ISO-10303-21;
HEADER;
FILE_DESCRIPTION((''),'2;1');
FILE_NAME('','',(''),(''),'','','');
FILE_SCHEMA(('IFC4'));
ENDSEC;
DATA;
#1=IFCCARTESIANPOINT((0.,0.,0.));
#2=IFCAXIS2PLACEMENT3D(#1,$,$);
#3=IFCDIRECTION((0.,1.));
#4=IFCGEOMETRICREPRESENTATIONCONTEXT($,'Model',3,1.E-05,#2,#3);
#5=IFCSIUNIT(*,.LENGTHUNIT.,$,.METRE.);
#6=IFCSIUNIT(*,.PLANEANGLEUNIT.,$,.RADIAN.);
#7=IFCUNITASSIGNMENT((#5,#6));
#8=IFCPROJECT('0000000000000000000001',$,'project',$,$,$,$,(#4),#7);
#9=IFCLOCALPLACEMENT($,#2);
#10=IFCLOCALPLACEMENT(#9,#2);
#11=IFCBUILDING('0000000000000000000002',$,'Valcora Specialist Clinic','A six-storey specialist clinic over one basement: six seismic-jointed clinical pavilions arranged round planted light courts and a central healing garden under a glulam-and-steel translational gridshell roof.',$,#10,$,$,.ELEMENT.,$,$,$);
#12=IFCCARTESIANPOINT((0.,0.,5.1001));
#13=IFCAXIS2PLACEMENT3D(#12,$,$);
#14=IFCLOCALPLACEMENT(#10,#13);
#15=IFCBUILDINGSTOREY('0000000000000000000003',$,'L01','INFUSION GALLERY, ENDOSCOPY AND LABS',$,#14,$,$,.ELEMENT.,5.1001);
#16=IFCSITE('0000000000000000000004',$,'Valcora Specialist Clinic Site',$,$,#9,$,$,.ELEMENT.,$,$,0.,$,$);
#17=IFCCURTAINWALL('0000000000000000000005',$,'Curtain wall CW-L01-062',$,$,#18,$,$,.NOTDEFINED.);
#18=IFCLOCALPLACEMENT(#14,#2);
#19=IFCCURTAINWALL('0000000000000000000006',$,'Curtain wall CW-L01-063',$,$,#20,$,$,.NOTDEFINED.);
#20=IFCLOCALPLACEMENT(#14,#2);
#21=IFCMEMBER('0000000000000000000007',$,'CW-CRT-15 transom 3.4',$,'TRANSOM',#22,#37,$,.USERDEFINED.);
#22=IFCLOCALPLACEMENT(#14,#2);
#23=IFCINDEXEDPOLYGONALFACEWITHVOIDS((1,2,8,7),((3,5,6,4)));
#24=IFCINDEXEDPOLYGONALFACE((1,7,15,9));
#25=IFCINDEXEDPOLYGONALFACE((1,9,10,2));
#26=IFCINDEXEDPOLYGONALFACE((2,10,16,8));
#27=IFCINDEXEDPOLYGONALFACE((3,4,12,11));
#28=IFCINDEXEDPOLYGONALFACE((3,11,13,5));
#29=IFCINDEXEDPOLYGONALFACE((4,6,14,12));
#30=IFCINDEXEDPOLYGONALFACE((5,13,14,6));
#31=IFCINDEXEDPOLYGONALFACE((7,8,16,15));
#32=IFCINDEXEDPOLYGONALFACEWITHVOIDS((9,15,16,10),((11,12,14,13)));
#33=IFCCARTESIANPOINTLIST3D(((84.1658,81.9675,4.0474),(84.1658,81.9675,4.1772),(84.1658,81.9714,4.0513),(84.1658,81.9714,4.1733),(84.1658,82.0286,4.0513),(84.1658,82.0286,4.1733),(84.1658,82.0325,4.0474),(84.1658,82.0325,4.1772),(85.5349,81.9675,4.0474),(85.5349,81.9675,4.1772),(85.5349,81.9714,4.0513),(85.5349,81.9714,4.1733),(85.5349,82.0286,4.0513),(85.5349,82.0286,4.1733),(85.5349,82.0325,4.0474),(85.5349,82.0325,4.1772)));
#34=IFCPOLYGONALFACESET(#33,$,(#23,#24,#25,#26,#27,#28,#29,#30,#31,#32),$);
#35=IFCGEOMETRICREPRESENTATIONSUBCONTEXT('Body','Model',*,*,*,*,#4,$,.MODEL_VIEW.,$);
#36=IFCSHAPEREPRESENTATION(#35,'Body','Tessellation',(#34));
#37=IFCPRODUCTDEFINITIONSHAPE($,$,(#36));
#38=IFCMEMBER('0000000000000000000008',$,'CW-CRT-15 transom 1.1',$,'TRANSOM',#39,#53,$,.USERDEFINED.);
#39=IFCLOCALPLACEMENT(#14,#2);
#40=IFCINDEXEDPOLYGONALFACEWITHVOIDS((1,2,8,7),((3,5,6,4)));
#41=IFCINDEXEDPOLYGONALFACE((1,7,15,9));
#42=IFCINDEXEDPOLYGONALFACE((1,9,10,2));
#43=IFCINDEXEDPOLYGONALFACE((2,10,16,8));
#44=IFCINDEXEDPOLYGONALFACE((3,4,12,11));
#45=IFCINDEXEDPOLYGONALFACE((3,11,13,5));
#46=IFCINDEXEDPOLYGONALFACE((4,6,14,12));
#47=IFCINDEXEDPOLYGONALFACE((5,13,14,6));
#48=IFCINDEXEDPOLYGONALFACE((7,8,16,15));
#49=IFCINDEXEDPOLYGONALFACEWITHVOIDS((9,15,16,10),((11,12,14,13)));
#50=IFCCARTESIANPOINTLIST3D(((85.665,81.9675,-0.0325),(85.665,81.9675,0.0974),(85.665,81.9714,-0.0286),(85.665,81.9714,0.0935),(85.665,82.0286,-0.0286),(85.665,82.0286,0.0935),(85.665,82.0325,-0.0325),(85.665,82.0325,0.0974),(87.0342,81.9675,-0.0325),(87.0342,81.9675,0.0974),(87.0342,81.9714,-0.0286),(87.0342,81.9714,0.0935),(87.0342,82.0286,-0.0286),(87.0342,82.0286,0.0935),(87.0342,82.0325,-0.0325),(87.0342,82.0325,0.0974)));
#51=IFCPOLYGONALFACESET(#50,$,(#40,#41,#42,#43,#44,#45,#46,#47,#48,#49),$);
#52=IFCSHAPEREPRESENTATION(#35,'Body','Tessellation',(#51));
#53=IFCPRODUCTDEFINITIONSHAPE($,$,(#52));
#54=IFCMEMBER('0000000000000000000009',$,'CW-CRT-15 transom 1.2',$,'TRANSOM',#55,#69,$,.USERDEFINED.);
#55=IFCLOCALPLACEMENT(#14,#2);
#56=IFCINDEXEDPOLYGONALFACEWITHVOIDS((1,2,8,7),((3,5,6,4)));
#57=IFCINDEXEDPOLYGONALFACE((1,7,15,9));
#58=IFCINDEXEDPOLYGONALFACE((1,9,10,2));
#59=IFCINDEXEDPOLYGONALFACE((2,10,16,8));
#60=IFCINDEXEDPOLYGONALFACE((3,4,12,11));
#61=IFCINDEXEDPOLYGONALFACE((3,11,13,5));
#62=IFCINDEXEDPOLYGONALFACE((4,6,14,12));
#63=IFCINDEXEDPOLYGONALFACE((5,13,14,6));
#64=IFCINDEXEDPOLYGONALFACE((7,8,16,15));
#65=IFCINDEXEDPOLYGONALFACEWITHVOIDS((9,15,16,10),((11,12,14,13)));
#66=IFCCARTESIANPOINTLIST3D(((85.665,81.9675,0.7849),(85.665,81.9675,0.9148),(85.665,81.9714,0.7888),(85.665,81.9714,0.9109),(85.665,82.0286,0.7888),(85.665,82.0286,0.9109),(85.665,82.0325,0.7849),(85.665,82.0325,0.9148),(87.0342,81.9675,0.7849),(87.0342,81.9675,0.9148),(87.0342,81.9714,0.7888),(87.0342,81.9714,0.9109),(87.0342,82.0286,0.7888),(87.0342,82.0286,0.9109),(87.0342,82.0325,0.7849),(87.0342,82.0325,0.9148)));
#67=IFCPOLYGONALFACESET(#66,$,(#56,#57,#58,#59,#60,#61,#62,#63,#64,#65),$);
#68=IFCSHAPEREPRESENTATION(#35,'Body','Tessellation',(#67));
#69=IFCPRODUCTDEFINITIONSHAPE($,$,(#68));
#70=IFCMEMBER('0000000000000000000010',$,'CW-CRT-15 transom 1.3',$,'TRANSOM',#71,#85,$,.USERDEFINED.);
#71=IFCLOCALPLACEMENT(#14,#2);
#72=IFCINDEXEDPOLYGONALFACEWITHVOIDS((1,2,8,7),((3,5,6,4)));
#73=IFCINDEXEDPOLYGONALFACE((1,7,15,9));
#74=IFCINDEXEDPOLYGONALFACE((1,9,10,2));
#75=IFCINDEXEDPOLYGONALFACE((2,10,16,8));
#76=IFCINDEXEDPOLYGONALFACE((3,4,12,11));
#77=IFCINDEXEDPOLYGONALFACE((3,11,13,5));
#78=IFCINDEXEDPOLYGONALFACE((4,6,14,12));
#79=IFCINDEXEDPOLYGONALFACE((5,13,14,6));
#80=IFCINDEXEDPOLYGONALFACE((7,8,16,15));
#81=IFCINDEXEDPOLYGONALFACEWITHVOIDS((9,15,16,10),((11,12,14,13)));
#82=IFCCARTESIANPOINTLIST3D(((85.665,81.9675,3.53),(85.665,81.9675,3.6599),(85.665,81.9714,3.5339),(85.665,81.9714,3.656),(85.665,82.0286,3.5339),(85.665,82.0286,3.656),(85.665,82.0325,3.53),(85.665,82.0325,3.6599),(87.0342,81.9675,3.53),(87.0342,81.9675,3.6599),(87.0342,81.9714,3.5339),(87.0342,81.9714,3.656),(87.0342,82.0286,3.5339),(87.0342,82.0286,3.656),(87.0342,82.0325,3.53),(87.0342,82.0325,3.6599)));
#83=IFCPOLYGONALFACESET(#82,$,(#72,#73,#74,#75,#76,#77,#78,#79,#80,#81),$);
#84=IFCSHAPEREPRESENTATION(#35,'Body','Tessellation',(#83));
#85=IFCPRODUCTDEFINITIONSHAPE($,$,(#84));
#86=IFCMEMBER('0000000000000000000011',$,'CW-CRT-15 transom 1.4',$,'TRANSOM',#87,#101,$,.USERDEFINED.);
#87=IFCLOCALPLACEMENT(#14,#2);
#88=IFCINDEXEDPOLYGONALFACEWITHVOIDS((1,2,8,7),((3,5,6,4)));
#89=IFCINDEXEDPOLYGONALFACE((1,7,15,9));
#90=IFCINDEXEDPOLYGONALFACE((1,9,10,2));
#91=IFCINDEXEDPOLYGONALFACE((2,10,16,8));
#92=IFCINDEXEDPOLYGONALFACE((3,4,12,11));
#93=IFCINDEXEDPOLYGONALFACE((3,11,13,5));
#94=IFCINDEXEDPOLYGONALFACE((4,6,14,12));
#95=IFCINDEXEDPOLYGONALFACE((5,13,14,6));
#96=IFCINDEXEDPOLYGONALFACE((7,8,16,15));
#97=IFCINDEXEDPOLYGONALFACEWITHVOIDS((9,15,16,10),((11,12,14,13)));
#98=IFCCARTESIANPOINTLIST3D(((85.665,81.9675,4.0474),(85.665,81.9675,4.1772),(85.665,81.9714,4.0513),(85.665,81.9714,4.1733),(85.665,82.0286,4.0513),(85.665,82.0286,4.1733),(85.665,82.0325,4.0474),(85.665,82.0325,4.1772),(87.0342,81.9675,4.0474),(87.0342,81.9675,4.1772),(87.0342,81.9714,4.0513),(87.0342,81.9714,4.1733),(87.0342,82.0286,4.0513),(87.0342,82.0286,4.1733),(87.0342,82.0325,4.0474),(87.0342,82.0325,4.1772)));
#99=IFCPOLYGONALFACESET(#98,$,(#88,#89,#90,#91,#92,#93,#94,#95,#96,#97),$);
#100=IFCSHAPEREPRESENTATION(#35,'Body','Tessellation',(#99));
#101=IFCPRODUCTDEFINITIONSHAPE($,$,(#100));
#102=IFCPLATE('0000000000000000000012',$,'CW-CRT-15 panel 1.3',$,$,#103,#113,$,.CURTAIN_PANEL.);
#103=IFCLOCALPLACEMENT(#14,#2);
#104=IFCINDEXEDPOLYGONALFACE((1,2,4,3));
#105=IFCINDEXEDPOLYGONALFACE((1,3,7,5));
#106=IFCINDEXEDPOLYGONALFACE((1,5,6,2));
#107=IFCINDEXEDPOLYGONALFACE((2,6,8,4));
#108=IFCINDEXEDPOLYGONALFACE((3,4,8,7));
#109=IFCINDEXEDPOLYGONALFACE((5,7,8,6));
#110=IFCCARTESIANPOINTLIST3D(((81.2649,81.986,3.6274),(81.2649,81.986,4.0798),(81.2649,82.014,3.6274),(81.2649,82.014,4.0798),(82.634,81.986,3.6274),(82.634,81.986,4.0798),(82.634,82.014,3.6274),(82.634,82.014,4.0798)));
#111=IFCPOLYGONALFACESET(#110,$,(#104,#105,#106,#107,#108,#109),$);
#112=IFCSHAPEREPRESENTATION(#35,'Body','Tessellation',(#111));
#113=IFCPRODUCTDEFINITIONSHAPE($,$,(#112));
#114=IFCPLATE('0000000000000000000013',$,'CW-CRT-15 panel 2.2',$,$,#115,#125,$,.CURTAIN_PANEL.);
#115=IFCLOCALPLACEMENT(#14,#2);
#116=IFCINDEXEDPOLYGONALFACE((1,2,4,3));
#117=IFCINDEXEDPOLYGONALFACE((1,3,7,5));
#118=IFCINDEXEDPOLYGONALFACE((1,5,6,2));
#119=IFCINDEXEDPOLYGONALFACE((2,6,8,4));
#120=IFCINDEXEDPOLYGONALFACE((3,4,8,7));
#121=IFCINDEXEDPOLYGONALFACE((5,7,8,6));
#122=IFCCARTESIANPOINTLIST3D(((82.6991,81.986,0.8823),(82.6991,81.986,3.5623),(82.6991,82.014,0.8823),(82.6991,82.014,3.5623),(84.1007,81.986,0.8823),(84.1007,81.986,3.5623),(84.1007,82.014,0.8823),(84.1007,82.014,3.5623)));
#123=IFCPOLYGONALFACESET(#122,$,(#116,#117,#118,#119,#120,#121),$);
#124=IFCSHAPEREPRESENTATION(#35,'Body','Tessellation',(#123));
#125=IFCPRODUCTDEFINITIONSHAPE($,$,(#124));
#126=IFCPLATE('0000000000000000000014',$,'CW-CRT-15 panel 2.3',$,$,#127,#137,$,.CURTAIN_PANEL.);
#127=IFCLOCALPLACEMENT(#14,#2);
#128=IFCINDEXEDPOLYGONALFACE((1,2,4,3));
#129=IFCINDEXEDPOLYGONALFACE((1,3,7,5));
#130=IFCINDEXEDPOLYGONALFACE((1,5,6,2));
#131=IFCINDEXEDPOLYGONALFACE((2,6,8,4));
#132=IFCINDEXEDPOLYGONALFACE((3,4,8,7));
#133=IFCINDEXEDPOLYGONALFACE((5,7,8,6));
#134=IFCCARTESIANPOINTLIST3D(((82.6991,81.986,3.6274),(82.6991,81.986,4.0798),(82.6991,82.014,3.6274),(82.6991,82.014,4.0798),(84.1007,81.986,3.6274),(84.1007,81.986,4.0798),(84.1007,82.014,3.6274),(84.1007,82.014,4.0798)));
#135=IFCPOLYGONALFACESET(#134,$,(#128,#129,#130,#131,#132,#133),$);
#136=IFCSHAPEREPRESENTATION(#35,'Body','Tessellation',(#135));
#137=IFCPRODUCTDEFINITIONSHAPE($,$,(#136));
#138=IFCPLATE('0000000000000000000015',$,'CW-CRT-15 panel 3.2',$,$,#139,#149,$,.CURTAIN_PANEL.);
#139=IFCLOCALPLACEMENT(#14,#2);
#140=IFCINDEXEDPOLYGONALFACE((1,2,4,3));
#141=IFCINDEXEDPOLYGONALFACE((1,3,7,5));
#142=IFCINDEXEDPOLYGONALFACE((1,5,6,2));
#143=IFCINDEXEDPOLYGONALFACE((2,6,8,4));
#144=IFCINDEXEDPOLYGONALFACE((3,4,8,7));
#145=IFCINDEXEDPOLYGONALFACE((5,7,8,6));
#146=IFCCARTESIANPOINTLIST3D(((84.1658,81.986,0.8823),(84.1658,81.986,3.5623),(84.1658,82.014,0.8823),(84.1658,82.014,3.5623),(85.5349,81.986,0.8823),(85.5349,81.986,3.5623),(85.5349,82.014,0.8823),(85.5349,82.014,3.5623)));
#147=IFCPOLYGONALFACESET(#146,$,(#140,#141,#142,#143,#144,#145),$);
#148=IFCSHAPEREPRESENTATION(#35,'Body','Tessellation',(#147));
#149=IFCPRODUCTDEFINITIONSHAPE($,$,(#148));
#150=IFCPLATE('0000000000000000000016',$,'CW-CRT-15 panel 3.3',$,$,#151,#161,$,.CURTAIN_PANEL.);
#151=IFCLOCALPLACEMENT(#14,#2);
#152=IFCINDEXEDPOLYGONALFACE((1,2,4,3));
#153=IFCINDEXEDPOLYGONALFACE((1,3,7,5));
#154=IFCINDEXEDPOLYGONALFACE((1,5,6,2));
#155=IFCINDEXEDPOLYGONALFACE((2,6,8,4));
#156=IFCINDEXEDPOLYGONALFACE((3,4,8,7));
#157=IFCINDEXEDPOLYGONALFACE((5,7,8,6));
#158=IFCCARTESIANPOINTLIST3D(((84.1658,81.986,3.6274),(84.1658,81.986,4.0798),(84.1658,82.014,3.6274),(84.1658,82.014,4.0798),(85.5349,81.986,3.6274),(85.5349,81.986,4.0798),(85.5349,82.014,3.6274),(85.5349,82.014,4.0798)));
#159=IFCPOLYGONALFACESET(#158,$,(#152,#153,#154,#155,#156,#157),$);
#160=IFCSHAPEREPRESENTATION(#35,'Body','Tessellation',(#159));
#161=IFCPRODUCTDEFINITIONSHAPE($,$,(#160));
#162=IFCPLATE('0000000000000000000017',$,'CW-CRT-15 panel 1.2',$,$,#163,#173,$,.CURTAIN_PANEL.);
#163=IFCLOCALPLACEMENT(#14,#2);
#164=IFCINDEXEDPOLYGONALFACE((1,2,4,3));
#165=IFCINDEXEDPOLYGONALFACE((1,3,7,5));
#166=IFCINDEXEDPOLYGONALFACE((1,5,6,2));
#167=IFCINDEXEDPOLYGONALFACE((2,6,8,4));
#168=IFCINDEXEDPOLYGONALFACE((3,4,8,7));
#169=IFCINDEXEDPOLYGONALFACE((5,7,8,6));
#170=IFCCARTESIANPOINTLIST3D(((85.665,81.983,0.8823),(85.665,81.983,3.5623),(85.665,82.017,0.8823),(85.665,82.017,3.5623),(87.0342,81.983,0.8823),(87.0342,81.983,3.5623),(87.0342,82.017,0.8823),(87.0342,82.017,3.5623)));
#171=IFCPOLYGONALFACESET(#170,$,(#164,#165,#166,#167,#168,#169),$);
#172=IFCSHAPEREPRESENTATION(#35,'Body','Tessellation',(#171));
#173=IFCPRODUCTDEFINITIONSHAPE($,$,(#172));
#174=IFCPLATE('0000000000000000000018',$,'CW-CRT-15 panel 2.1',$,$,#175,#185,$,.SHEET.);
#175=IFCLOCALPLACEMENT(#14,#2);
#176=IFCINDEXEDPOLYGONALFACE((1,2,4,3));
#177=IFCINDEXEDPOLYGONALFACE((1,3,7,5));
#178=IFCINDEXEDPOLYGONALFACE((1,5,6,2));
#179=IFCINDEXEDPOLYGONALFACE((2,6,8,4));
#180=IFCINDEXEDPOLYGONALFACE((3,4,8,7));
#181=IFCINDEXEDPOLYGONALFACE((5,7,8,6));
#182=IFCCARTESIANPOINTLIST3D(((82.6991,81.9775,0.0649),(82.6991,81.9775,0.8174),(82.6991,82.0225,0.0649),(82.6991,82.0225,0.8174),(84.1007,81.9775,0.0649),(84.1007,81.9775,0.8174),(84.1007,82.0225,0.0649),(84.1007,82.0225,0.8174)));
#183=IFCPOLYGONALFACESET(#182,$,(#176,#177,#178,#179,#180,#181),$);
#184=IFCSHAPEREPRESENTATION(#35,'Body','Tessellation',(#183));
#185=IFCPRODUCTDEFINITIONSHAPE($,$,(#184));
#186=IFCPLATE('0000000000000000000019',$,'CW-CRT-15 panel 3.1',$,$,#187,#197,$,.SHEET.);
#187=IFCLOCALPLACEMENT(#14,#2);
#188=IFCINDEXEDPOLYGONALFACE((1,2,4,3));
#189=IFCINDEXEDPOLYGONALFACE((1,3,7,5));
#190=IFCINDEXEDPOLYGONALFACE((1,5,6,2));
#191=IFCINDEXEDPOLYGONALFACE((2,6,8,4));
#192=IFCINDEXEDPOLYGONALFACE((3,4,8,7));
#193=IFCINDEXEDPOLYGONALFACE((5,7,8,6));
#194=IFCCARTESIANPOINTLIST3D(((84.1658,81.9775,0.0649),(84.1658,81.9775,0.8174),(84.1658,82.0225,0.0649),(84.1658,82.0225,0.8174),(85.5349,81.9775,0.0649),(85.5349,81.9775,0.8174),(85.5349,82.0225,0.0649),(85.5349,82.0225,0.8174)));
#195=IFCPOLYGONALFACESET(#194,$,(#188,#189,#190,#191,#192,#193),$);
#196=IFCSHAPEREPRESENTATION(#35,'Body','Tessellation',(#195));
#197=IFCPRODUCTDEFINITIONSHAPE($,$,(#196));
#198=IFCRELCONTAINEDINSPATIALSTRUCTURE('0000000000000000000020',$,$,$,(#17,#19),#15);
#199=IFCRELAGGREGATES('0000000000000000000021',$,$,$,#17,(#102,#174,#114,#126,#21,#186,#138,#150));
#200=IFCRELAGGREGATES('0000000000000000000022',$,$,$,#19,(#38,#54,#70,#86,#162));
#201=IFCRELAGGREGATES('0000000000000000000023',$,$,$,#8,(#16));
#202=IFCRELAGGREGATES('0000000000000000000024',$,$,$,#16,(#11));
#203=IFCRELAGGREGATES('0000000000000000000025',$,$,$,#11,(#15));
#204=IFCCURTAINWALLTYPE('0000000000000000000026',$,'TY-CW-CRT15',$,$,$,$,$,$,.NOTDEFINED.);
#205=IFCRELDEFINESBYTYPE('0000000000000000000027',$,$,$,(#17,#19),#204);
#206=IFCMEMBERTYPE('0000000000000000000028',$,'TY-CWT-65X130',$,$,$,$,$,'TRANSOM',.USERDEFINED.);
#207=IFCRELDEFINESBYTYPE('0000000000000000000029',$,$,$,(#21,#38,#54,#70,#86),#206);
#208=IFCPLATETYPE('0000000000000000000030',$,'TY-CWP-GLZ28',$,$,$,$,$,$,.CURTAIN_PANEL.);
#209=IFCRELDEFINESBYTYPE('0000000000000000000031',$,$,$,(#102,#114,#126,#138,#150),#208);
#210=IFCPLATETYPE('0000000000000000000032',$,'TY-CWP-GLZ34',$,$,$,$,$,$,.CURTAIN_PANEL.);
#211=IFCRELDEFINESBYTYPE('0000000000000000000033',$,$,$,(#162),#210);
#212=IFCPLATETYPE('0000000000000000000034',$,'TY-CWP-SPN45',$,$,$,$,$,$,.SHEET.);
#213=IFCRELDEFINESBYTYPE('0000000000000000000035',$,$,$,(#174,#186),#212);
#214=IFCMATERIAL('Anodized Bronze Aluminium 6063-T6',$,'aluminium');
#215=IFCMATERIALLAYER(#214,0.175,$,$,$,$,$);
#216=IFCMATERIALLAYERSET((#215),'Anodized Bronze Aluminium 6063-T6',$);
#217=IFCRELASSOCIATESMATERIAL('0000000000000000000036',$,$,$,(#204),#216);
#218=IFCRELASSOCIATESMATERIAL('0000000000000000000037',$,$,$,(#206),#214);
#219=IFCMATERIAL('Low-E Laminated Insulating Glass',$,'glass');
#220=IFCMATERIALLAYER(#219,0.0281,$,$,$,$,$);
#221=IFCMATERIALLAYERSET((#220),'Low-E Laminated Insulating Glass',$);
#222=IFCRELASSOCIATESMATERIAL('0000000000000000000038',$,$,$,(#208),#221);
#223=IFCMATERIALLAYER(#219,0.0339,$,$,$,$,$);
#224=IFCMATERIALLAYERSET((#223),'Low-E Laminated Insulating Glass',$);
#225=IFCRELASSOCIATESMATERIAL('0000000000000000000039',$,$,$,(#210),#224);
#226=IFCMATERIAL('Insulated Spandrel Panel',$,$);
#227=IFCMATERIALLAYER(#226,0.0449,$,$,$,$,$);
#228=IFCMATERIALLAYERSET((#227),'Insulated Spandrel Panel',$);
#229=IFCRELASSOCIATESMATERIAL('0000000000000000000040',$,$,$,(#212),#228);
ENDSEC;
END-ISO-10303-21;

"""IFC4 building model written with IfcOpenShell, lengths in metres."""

from ifc_helpers import new_model, si_unit, direction, frame, origin, origin_2d, place, context, subcontext, project, spatial, rectangle, hollow_rectangle, extrude, material, layer, layer_set, material_profile, profile_set, type_object, element, aggregate, save


model = new_model("IFC4")

# Units and contexts
model_context = context("Model", 3, precision=1e-05, world=origin(), true_north=direction((0.0, 1.0)))
body_context = subcontext(model_context, "Body", "Model", "MODEL_VIEW")
ifc_project = project(units=[si_unit("LENGTHUNIT", "METRE"), si_unit("PLANEANGLEUNIT", "RADIAN")], contexts=[model_context])

# Site, building, storey
site_placement = place(None, origin())
site = spatial("IfcSite", under=ifc_project, at=site_placement, Name="Valcora Specialist Clinic Site", CompositionType="ELEMENT", RefElevation=0.0)
building_placement = place(site_placement, origin())
building = spatial("IfcBuilding", under=site, at=building_placement, Name="Valcora Specialist Clinic", Description="A six-storey specialist clinic over one basement: six seismic-jointed clinical pavilions arranged round planted light courts and a central healing garden under a glulam-and-steel translational gridshell roof.", CompositionType="ELEMENT")
storey_placement = place(building_placement, frame((0.0, 0.0, 5.1001)))
storey = spatial("IfcBuildingStorey", under=building, at=storey_placement, Name="L01", Description="INFUSION GALLERY, ENDOSCOPY AND LABS", CompositionType="ELEMENT", Elevation=5.1001)

# Curtain wall
ifc_material_1 = material(Name="Anodized Bronze Aluminium 6063-T6", Category="aluminium")
ifc_layer_1 = layer(ifc_material_1, 0.175)
ifc_layer_set_1 = layer_set([ifc_layer_1], Name="Anodized Bronze Aluminium 6063-T6")
curtain_wall_type = type_object("IfcCurtainWallType", Name="TY-CW-CRT15", PredefinedType="NOTDEFINED", material=ifc_layer_set_1)
curtain_wall_1_placement = place(storey_placement, origin())
curtain_wall_1 = element("IfcCurtainWall", 1, at=curtain_wall_1_placement, inside=storey, type_object=curtain_wall_type, Name="Curtain wall CW-L01-062", PredefinedType="NOTDEFINED")

# Curtain wall
curtain_wall_2_placement = place(storey_placement, origin())
curtain_wall_2 = element("IfcCurtainWall", 2, at=curtain_wall_2_placement, inside=storey, type_object=curtain_wall_type, Name="Curtain wall CW-L01-063", PredefinedType="NOTDEFINED")

# Members
ifc_material_profile_1 = material_profile(ifc_material_1, hollow_rectangle(XDim=0.0649, YDim=0.1299, WallThickness=0.0039, at=origin_2d()), Name="AL-TRN-65X130")
ifc_profile_set_1 = profile_set([ifc_material_profile_1], Name="Anodized Bronze Aluminium 6063-T6")
member_type_1 = type_object("IfcMemberType", Name="TY-CWT-65X130", ElementType="TRANSOM", PredefinedType="USERDEFINED", material=ifc_profile_set_1)
member_1_placement = place(storey_placement, frame((84.1658, 82.0, 4.1123), z_axis=(1.0, 0.0, 0.0), x_axis=(0.0, 1.0, 0.0)))
member_1 = element("IfcMember", 3, at=member_1_placement, type_object=member_type_1, Name="CW-CRT-15 transom 3.4", ObjectType="TRANSOM", PredefinedType="USERDEFINED", context=body_context, shape_type="SweptSolid", body=[
    extrude(hollow_rectangle(XDim=0.0649, YDim=0.1299, WallThickness=0.0039, at=origin_2d()), origin(), (0.0, 0.0, 1.0), 1.3691),
])
member_2_placement = place(storey_placement, frame((85.665, 82.0, 0.0325), z_axis=(1.0, 0.0, 0.0), x_axis=(0.0, 1.0, 0.0)))
member_2 = element("IfcMember", 4, at=member_2_placement, type_object=member_type_1, Name="CW-CRT-15 transom 1.1", ObjectType="TRANSOM", PredefinedType="USERDEFINED", context=body_context, shape_type="SweptSolid", body=[
    extrude(hollow_rectangle(XDim=0.0649, YDim=0.1299, WallThickness=0.0039, at=origin_2d()), origin(), (0.0, 0.0, 1.0), 1.3691),
])
member_3_placement = place(storey_placement, frame((85.665, 82.0, 0.8499), z_axis=(1.0, 0.0, 0.0), x_axis=(0.0, 1.0, 0.0)))
member_3 = element("IfcMember", 5, at=member_3_placement, type_object=member_type_1, Name="CW-CRT-15 transom 1.2", ObjectType="TRANSOM", PredefinedType="USERDEFINED", context=body_context, shape_type="SweptSolid", body=[
    extrude(hollow_rectangle(XDim=0.0649, YDim=0.1299, WallThickness=0.0039, at=origin_2d()), origin(), (0.0, 0.0, 1.0), 1.3691),
])
member_4_placement = place(storey_placement, frame((85.665, 82.0, 3.595), z_axis=(1.0, 0.0, 0.0), x_axis=(0.0, 1.0, 0.0)))
member_4 = element("IfcMember", 6, at=member_4_placement, type_object=member_type_1, Name="CW-CRT-15 transom 1.3", ObjectType="TRANSOM", PredefinedType="USERDEFINED", context=body_context, shape_type="SweptSolid", body=[
    extrude(hollow_rectangle(XDim=0.0649, YDim=0.1299, WallThickness=0.0039, at=origin_2d()), origin(), (0.0, 0.0, 1.0), 1.3691),
])
member_5_placement = place(storey_placement, frame((85.665, 82.0, 4.1123), z_axis=(1.0, 0.0, 0.0), x_axis=(0.0, 1.0, 0.0)))
member_5 = element("IfcMember", 7, at=member_5_placement, type_object=member_type_1, Name="CW-CRT-15 transom 1.4", ObjectType="TRANSOM", PredefinedType="USERDEFINED", context=body_context, shape_type="SweptSolid", body=[
    extrude(hollow_rectangle(XDim=0.0649, YDim=0.1299, WallThickness=0.0039, at=origin_2d()), origin(), (0.0, 0.0, 1.0), 1.3691),
])

# Plates
ifc_material_2 = material(Name="Low-E Laminated Insulating Glass", Category="glass")
ifc_layer_2 = layer(ifc_material_2, 0.0281)
ifc_layer_set_2 = layer_set([ifc_layer_2], Name="Low-E Laminated Insulating Glass")
plate_type_1 = type_object("IfcPlateType", Name="TY-CWP-GLZ28", PredefinedType="CURTAIN_PANEL", material=ifc_layer_set_2)
plate_1_placement = place(storey_placement, frame((81.9495, 82.0, 3.6274), z_axis=(0.0, 0.0, 1.0), x_axis=(1.0, 0.0, 0.0)))
plate_1 = element("IfcPlate", 8, at=plate_1_placement, type_object=plate_type_1, Name="CW-CRT-15 panel 1.3", PredefinedType="CURTAIN_PANEL", context=body_context, shape_type="SweptSolid", body=[
    extrude(rectangle(XDim=1.3691, YDim=0.0281, at=origin_2d()), origin(), (0.0, 0.0, 1.0), 0.4524),
])
plate_2_placement = place(storey_placement, frame((83.3999, 82.0, 0.8823), z_axis=(0.0, 0.0, 1.0), x_axis=(1.0, 0.0, 0.0)))
plate_2 = element("IfcPlate", 9, at=plate_2_placement, type_object=plate_type_1, Name="CW-CRT-15 panel 2.2", PredefinedType="CURTAIN_PANEL", context=body_context, shape_type="SweptSolid", body=[
    extrude(rectangle(XDim=1.4016, YDim=0.0281, at=origin_2d()), origin(), (0.0, 0.0, 1.0), 2.6799),
])
plate_3_placement = place(storey_placement, frame((83.3999, 82.0, 3.6274), z_axis=(0.0, 0.0, 1.0), x_axis=(1.0, 0.0, 0.0)))
plate_3 = element("IfcPlate", 10, at=plate_3_placement, type_object=plate_type_1, Name="CW-CRT-15 panel 2.3", PredefinedType="CURTAIN_PANEL", context=body_context, shape_type="SweptSolid", body=[
    extrude(rectangle(XDim=1.4016, YDim=0.0281, at=origin_2d()), origin(), (0.0, 0.0, 1.0), 0.4524),
])
plate_4_placement = place(storey_placement, frame((84.8503, 82.0, 0.8823), z_axis=(0.0, 0.0, 1.0), x_axis=(1.0, 0.0, 0.0)))
plate_4 = element("IfcPlate", 11, at=plate_4_placement, type_object=plate_type_1, Name="CW-CRT-15 panel 3.2", PredefinedType="CURTAIN_PANEL", context=body_context, shape_type="SweptSolid", body=[
    extrude(rectangle(XDim=1.3691, YDim=0.0281, at=origin_2d()), origin(), (0.0, 0.0, 1.0), 2.6799),
])
plate_5_placement = place(storey_placement, frame((84.8503, 82.0, 3.6274), z_axis=(0.0, 0.0, 1.0), x_axis=(1.0, 0.0, 0.0)))
plate_5 = element("IfcPlate", 12, at=plate_5_placement, type_object=plate_type_1, Name="CW-CRT-15 panel 3.3", PredefinedType="CURTAIN_PANEL", context=body_context, shape_type="SweptSolid", body=[
    extrude(rectangle(XDim=1.3691, YDim=0.0281, at=origin_2d()), origin(), (0.0, 0.0, 1.0), 0.4524),
])
ifc_layer_3 = layer(ifc_material_2, 0.0339)
ifc_layer_set_3 = layer_set([ifc_layer_3], Name="Low-E Laminated Insulating Glass")
plate_type_2 = type_object("IfcPlateType", Name="TY-CWP-GLZ34", PredefinedType="CURTAIN_PANEL", material=ifc_layer_set_3)
plate_6_placement = place(storey_placement, frame((86.3496, 82.0, 0.8823), z_axis=(0.0, 0.0, 1.0), x_axis=(1.0, 0.0, 0.0)))
plate_6 = element("IfcPlate", 13, at=plate_6_placement, type_object=plate_type_2, Name="CW-CRT-15 panel 1.2", PredefinedType="CURTAIN_PANEL", context=body_context, shape_type="SweptSolid", body=[
    extrude(rectangle(XDim=1.3691, YDim=0.0339, at=origin_2d()), origin(), (0.0, 0.0, 1.0), 2.6799),
])
ifc_material_3 = material(Name="Insulated Spandrel Panel")
ifc_layer_4 = layer(ifc_material_3, 0.0449)
ifc_layer_set_4 = layer_set([ifc_layer_4], Name="Insulated Spandrel Panel")
plate_type_3 = type_object("IfcPlateType", Name="TY-CWP-SPN45", PredefinedType="SHEET", material=ifc_layer_set_4)
plate_7_placement = place(storey_placement, frame((83.3999, 82.0, 0.0649), z_axis=(0.0, 0.0, 1.0), x_axis=(1.0, 0.0, 0.0)))
plate_7 = element("IfcPlate", 14, at=plate_7_placement, type_object=plate_type_3, Name="CW-CRT-15 panel 2.1", PredefinedType="SHEET", context=body_context, shape_type="SweptSolid", body=[
    extrude(rectangle(XDim=1.4016, YDim=0.0449, at=origin_2d()), origin(), (0.0, 0.0, 1.0), 0.7524),
])
plate_8_placement = place(storey_placement, frame((84.8503, 82.0, 0.0649), z_axis=(0.0, 0.0, 1.0), x_axis=(1.0, 0.0, 0.0)))
plate_8 = element("IfcPlate", 15, at=plate_8_placement, type_object=plate_type_3, Name="CW-CRT-15 panel 3.1", PredefinedType="SHEET", context=body_context, shape_type="SweptSolid", body=[
    extrude(rectangle(XDim=1.3691, YDim=0.0449, at=origin_2d()), origin(), (0.0, 0.0, 1.0), 0.7524),
])
aggregate(curtain_wall_1, [plate_1, plate_7, plate_2, plate_3, member_1, plate_8, plate_4, plate_5])
aggregate(curtain_wall_2, [member_2, member_3, member_4, member_5, plate_6])

save(model, "model.ifc")
